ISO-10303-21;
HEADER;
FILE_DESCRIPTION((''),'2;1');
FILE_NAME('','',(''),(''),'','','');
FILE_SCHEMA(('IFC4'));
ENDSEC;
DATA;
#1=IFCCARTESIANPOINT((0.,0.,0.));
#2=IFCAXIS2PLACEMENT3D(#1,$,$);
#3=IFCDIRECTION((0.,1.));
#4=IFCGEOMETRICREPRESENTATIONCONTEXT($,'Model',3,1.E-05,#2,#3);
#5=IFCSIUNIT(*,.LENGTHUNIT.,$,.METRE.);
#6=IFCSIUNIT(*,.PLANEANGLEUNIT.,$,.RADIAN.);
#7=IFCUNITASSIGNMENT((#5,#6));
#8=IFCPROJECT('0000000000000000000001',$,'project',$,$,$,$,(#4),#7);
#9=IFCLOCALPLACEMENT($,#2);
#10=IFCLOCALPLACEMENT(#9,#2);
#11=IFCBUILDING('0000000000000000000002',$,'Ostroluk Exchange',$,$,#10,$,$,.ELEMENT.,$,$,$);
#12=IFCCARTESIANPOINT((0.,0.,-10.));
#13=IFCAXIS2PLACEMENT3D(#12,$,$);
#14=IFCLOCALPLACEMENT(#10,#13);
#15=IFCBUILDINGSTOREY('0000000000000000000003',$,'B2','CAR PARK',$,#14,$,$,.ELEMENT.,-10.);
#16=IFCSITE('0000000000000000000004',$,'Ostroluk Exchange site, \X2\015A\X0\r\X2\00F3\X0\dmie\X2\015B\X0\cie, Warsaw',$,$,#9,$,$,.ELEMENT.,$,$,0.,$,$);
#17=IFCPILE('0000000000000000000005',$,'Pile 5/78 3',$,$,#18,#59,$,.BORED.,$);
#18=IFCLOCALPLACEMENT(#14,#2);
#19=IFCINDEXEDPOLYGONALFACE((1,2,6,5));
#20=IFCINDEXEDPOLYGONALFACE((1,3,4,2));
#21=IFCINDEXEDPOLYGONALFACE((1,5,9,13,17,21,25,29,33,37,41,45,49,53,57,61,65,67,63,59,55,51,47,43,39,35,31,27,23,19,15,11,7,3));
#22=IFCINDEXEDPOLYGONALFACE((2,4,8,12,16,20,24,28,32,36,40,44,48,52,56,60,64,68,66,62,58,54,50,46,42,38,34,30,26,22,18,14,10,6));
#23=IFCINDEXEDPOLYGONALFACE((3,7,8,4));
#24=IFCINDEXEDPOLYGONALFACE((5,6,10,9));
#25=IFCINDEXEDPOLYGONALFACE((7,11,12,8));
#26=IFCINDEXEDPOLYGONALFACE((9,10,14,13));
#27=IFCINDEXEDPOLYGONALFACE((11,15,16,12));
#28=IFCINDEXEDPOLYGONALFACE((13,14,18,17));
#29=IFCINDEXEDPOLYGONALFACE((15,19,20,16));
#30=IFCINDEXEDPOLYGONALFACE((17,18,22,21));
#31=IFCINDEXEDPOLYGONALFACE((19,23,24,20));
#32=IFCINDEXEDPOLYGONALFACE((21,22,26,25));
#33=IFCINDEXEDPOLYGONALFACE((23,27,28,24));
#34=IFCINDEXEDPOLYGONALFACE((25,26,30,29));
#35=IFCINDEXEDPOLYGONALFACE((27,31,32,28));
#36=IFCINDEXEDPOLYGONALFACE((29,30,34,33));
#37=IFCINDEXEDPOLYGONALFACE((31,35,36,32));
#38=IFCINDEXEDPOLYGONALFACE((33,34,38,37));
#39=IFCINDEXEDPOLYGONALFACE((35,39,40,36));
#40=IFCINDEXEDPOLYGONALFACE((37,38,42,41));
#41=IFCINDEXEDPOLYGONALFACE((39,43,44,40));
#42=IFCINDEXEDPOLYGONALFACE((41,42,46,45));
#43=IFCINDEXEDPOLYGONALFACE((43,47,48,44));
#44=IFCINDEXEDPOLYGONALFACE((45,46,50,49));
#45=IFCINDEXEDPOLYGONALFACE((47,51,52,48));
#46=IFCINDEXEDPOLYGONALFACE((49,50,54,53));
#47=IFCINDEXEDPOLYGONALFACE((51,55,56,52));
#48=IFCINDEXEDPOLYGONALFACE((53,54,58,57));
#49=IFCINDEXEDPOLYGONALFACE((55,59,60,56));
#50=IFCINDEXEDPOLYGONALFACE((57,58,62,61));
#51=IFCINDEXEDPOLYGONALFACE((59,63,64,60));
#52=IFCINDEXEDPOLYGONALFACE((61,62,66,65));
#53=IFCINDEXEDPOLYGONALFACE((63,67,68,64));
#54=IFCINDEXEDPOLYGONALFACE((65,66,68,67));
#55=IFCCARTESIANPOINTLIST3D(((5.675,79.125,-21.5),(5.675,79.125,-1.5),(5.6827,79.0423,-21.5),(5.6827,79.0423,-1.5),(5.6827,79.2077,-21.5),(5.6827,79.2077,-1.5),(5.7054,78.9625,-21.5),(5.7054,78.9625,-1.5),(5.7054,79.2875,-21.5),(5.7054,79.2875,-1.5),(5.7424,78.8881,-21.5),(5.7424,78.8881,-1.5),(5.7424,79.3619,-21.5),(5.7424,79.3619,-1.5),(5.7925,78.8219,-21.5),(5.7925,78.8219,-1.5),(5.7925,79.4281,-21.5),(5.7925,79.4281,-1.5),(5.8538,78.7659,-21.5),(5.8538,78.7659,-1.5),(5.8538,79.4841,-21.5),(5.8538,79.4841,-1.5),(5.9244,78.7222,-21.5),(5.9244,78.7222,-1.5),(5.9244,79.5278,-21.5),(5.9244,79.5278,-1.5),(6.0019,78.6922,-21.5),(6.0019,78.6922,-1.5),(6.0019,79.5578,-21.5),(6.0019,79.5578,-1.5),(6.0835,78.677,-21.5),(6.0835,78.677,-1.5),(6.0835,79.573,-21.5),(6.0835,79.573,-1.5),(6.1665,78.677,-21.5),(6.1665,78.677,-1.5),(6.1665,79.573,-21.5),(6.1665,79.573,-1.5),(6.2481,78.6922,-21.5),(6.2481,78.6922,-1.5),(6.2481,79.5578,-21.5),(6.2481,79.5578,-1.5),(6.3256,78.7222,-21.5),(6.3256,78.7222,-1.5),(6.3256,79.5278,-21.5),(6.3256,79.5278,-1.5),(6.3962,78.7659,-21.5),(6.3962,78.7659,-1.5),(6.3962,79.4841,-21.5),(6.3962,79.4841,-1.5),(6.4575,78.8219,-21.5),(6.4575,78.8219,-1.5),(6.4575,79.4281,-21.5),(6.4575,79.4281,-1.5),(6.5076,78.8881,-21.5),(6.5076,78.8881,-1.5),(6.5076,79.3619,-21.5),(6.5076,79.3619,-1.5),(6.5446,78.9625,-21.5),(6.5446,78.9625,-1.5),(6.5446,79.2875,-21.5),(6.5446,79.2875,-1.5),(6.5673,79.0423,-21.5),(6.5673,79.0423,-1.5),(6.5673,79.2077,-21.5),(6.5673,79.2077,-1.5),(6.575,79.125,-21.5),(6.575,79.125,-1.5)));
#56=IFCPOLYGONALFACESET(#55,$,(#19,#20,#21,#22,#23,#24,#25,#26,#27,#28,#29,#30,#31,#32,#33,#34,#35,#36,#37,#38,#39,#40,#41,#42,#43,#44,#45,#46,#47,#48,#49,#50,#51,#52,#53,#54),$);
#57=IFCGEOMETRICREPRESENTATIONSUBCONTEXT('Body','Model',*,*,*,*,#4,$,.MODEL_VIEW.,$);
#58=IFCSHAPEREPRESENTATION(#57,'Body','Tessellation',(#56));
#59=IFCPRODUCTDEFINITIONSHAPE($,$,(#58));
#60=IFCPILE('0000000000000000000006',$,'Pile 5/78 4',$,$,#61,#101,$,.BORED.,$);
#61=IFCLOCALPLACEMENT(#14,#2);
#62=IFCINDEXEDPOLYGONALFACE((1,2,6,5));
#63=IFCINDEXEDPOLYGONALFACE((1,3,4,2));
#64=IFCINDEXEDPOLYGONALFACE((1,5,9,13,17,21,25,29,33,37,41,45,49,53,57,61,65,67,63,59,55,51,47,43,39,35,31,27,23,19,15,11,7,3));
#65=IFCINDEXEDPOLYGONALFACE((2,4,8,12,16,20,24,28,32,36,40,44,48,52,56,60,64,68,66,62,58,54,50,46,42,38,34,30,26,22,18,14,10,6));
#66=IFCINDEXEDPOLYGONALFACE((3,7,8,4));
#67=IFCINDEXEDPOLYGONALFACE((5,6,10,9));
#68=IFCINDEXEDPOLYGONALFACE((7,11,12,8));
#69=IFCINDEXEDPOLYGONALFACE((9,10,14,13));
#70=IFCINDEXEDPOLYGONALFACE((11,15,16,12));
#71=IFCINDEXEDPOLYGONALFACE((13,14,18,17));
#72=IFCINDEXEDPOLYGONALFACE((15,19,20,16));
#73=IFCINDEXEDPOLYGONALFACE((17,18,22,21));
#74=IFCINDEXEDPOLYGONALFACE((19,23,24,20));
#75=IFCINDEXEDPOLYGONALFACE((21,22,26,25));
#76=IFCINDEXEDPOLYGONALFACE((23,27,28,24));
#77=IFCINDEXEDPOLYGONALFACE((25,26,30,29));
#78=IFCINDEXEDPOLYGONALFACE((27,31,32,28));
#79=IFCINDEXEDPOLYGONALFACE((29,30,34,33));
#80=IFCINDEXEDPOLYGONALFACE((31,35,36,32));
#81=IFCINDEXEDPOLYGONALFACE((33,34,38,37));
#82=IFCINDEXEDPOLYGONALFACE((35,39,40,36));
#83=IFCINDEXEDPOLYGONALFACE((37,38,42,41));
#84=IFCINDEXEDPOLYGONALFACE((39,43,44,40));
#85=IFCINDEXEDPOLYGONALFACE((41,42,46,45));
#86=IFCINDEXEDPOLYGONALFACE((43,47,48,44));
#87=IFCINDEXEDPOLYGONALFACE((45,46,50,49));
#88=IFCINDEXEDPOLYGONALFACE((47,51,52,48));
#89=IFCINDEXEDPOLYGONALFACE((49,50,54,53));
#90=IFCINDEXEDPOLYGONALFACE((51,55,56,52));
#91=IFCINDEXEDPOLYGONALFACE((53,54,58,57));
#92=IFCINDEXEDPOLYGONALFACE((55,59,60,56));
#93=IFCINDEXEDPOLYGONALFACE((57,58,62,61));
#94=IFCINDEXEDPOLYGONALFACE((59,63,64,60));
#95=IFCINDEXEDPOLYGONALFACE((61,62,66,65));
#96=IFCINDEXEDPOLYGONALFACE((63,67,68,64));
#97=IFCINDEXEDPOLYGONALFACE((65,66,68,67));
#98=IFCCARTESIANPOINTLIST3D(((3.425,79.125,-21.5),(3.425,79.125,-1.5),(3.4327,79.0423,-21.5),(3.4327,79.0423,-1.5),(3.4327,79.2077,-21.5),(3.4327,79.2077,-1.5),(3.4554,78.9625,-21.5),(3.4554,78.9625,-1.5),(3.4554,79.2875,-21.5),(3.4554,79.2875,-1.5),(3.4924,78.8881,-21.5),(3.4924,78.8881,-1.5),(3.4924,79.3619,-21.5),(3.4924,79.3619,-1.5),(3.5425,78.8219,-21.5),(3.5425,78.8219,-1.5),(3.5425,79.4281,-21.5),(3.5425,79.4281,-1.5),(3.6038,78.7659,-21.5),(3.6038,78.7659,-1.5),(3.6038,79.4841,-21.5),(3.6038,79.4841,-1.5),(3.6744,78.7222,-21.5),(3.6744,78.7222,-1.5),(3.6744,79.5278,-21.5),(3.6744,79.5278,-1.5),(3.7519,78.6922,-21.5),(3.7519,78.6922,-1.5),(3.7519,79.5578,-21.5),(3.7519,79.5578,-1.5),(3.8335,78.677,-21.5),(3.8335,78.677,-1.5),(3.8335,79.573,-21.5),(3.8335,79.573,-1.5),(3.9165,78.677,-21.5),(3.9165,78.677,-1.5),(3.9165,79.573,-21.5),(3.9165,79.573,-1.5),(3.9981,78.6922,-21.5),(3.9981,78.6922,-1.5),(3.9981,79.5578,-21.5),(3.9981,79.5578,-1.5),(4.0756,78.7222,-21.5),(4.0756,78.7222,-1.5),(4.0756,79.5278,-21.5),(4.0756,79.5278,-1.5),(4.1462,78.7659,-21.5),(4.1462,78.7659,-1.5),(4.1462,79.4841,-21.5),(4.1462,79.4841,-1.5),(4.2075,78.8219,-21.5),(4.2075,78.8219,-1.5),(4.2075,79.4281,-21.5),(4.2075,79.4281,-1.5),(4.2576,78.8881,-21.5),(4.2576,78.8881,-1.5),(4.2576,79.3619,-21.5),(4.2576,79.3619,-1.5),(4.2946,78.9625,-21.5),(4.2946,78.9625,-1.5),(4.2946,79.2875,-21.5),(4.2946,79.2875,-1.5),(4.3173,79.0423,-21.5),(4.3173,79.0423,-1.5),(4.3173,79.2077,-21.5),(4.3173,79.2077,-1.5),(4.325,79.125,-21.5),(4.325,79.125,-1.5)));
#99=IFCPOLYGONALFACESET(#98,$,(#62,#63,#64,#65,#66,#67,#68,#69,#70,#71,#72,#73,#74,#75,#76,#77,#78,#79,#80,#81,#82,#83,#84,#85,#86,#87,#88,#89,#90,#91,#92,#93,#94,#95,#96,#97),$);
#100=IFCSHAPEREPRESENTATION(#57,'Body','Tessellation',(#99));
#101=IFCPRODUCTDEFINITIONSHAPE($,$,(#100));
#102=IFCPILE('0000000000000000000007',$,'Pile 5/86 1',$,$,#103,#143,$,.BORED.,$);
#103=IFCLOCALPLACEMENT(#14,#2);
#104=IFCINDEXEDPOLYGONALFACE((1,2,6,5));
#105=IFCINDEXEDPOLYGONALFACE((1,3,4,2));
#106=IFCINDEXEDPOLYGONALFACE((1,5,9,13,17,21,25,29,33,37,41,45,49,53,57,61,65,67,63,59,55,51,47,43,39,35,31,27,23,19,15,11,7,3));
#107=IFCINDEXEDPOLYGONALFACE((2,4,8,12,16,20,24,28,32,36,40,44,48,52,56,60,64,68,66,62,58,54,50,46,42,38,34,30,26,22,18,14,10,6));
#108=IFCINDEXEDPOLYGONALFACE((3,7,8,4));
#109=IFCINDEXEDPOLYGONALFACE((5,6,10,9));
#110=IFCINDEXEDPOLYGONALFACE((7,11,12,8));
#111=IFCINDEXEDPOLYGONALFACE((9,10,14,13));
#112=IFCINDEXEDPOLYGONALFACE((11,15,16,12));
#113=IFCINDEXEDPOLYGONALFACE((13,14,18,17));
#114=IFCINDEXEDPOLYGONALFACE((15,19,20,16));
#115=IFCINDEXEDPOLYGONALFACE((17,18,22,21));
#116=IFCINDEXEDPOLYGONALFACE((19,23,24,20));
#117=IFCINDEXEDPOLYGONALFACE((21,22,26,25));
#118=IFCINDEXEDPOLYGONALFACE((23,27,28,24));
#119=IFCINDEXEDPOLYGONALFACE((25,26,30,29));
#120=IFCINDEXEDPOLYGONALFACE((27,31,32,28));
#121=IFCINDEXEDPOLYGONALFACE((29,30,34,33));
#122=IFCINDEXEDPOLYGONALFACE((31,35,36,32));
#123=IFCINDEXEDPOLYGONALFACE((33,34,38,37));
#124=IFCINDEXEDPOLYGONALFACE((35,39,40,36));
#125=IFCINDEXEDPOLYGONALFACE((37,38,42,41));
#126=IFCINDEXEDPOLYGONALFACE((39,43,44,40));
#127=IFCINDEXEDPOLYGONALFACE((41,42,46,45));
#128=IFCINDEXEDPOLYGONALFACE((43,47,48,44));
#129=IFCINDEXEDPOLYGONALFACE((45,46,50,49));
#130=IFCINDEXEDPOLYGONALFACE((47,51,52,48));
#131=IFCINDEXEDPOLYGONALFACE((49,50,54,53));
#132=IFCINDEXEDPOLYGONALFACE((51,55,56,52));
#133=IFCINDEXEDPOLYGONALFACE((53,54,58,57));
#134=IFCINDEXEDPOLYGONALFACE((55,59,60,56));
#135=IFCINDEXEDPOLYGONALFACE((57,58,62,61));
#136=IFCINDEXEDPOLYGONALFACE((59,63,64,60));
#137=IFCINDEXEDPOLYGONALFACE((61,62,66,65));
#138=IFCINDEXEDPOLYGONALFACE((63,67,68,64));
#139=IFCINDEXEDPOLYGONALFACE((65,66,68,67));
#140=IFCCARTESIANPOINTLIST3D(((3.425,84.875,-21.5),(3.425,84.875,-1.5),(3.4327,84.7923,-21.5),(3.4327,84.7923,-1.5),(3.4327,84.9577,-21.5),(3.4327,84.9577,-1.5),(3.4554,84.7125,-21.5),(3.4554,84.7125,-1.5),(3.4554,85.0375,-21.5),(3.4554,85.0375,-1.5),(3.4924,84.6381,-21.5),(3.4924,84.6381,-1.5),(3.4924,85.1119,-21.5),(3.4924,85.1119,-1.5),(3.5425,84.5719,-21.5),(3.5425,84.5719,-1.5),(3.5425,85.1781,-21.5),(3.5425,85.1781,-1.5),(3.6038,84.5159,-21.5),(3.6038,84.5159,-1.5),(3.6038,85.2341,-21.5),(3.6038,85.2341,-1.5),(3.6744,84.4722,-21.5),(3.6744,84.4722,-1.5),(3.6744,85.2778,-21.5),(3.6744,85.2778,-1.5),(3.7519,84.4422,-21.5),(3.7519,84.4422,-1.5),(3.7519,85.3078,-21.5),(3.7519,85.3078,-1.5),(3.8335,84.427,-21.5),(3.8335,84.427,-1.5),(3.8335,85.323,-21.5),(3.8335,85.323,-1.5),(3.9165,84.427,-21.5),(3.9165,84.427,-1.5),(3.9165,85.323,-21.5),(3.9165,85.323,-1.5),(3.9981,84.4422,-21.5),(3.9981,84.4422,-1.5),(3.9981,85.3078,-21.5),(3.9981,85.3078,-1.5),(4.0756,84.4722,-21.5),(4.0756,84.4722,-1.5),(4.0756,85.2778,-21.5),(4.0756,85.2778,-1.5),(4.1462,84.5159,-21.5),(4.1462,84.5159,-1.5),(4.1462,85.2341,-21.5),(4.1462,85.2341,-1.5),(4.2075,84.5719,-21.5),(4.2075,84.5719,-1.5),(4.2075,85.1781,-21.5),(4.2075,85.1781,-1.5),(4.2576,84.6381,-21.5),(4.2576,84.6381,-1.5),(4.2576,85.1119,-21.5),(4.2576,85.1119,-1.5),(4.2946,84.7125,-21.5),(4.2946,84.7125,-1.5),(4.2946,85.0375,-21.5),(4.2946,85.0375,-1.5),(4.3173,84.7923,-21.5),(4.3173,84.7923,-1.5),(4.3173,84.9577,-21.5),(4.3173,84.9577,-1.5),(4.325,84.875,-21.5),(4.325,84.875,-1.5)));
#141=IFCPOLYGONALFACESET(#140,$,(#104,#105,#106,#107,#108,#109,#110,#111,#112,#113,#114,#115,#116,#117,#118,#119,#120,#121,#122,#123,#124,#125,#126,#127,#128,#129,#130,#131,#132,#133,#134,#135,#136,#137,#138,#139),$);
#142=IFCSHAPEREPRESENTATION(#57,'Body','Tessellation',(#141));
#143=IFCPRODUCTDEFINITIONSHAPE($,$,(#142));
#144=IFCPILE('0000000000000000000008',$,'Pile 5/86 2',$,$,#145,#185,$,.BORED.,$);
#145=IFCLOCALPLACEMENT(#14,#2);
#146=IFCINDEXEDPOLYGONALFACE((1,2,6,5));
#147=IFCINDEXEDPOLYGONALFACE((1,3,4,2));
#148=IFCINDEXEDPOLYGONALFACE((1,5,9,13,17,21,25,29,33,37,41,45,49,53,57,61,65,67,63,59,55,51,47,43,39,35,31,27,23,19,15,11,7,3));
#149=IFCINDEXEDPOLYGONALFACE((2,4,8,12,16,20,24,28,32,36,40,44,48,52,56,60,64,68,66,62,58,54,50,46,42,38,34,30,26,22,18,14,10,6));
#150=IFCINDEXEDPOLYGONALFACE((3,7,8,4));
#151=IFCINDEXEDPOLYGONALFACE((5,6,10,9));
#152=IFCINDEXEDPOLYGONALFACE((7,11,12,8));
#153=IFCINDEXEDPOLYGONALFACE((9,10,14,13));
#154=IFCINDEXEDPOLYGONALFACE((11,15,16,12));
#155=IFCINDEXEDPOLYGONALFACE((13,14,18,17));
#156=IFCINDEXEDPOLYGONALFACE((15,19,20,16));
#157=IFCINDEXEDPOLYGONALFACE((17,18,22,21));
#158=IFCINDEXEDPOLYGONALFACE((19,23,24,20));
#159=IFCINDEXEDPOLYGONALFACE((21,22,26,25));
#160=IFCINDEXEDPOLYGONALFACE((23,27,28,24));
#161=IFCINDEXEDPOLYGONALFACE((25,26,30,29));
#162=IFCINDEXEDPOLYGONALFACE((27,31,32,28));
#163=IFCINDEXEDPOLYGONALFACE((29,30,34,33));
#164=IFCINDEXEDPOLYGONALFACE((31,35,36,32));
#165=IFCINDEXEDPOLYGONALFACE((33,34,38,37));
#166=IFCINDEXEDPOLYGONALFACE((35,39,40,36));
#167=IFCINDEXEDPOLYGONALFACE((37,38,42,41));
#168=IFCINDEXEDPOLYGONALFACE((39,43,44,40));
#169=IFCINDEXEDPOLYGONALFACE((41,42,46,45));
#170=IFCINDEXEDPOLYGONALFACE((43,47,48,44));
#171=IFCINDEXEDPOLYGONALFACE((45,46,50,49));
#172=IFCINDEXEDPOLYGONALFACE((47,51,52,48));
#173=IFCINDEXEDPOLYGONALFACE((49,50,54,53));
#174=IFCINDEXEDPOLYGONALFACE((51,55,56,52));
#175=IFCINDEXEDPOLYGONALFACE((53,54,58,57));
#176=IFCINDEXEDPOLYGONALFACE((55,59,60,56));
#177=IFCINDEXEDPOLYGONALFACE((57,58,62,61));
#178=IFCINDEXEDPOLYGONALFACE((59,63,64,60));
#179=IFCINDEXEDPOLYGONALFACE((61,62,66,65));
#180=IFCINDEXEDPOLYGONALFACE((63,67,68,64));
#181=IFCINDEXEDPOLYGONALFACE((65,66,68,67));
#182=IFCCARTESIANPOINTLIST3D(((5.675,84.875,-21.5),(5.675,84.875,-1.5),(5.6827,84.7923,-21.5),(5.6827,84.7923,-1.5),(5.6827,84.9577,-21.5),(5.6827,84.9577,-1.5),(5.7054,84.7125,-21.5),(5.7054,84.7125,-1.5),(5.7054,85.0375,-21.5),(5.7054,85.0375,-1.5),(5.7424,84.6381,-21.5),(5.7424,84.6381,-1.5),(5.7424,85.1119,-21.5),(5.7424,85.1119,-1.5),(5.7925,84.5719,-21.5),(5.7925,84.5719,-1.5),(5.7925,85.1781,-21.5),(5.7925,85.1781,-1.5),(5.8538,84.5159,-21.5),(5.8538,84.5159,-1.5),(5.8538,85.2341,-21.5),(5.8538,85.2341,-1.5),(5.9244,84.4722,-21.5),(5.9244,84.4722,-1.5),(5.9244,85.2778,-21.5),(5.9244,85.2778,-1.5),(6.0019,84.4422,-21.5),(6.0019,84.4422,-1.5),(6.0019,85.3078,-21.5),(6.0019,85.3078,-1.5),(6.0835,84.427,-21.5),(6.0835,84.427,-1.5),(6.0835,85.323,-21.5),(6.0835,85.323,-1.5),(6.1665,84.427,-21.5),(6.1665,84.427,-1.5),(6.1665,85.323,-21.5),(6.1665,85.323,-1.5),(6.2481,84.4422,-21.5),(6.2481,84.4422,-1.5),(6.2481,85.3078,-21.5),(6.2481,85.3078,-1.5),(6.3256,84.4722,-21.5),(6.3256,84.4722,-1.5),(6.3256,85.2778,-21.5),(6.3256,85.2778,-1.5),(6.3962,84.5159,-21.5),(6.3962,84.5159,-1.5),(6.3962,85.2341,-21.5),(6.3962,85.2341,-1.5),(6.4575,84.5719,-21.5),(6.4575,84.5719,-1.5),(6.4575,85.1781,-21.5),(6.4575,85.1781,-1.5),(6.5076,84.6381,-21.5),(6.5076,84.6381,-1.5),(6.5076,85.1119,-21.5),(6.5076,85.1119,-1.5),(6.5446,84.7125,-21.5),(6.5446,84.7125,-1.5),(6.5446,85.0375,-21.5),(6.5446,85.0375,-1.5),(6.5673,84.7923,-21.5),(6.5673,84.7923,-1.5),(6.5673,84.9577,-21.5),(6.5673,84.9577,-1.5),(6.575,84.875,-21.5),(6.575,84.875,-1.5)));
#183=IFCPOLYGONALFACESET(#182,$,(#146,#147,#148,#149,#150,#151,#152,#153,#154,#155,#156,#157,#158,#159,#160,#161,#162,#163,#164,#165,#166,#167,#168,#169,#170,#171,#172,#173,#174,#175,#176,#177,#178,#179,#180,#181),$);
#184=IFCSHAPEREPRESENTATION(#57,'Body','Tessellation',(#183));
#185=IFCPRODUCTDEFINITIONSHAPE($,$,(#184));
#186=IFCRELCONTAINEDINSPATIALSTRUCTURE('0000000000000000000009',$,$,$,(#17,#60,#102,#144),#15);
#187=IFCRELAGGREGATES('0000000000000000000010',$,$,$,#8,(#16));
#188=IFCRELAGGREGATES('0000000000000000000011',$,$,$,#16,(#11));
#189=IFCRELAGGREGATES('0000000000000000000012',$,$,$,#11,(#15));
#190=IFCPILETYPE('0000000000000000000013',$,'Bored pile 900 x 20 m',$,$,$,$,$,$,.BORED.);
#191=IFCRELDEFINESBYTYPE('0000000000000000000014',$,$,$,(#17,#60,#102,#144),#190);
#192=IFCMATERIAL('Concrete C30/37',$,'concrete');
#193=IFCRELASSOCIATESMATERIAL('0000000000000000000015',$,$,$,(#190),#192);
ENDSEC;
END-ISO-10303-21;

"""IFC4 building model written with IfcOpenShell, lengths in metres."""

from ifc_helpers import new_model, si_unit, direction, frame, origin, origin_2d, place, context, subcontext, project, spatial, circle, extrude, material, type_object, element, save


model = new_model("IFC4")

# Units and contexts
model_context = context("Model", 3, precision=1e-05, world=origin(), true_north=direction((0.0, 1.0)))
body_context = subcontext(model_context, "Body", "Model", "MODEL_VIEW")
ifc_project = project(units=[si_unit("LENGTHUNIT", "METRE"), si_unit("PLANEANGLEUNIT", "RADIAN")], contexts=[model_context])

# Site, building, storey
site_placement = place(None, origin())
site = spatial("IfcSite", under=ifc_project, at=site_placement, Name="Ostroluk Exchange site, Śródmieście, Warsaw", CompositionType="ELEMENT", RefElevation=0.0)
building_placement = place(site_placement, origin())
building = spatial("IfcBuilding", under=site, at=building_placement, Name="Ostroluk Exchange", CompositionType="ELEMENT")
storey_placement = place(building_placement, frame((0.0, 0.0, -10.0)))
storey = spatial("IfcBuildingStorey", under=building, at=storey_placement, Name="B2", Description="CAR PARK", CompositionType="ELEMENT", Elevation=-10.0)

# Piles
ifc_material_1 = material(Name="Concrete C30/37", Category="concrete")
pile_type_1 = type_object("IfcPileType", Name="Bored pile 900 x 20 m", PredefinedType="BORED", material=ifc_material_1)
for number, where, z_axis, x_axis, name in (
    (1, (6.125, 79.125, -1.5), (0.0, 0.0, -1.0), (1.0, 0.0, 0.0), "Pile 5/78 3"),
    (2, (3.875, 79.125, -1.5), (0.0, 0.0, -1.0), (1.0, 0.0, 0.0), "Pile 5/78 4"),
    (3, (3.875, 84.875, -1.5), (0.0, 0.0, -1.0), (1.0, 0.0, 0.0), "Pile 5/86 1"),
    (4, (6.125, 84.875, -1.5), (0.0, 0.0, -1.0), (1.0, 0.0, 0.0), "Pile 5/86 2"),
):
    element("IfcPile", number, at=place(storey_placement, frame(where, z_axis=z_axis, x_axis=x_axis)), inside=storey, type_object=pile_type_1, Name=name, PredefinedType="BORED", context=body_context, shape_type="SweptSolid", body=[
        extrude(circle(Radius=0.45, at=origin_2d()), origin(), (0.0, 0.0, 1.0), 20.0),
    ])

save(model, "model.ifc")
